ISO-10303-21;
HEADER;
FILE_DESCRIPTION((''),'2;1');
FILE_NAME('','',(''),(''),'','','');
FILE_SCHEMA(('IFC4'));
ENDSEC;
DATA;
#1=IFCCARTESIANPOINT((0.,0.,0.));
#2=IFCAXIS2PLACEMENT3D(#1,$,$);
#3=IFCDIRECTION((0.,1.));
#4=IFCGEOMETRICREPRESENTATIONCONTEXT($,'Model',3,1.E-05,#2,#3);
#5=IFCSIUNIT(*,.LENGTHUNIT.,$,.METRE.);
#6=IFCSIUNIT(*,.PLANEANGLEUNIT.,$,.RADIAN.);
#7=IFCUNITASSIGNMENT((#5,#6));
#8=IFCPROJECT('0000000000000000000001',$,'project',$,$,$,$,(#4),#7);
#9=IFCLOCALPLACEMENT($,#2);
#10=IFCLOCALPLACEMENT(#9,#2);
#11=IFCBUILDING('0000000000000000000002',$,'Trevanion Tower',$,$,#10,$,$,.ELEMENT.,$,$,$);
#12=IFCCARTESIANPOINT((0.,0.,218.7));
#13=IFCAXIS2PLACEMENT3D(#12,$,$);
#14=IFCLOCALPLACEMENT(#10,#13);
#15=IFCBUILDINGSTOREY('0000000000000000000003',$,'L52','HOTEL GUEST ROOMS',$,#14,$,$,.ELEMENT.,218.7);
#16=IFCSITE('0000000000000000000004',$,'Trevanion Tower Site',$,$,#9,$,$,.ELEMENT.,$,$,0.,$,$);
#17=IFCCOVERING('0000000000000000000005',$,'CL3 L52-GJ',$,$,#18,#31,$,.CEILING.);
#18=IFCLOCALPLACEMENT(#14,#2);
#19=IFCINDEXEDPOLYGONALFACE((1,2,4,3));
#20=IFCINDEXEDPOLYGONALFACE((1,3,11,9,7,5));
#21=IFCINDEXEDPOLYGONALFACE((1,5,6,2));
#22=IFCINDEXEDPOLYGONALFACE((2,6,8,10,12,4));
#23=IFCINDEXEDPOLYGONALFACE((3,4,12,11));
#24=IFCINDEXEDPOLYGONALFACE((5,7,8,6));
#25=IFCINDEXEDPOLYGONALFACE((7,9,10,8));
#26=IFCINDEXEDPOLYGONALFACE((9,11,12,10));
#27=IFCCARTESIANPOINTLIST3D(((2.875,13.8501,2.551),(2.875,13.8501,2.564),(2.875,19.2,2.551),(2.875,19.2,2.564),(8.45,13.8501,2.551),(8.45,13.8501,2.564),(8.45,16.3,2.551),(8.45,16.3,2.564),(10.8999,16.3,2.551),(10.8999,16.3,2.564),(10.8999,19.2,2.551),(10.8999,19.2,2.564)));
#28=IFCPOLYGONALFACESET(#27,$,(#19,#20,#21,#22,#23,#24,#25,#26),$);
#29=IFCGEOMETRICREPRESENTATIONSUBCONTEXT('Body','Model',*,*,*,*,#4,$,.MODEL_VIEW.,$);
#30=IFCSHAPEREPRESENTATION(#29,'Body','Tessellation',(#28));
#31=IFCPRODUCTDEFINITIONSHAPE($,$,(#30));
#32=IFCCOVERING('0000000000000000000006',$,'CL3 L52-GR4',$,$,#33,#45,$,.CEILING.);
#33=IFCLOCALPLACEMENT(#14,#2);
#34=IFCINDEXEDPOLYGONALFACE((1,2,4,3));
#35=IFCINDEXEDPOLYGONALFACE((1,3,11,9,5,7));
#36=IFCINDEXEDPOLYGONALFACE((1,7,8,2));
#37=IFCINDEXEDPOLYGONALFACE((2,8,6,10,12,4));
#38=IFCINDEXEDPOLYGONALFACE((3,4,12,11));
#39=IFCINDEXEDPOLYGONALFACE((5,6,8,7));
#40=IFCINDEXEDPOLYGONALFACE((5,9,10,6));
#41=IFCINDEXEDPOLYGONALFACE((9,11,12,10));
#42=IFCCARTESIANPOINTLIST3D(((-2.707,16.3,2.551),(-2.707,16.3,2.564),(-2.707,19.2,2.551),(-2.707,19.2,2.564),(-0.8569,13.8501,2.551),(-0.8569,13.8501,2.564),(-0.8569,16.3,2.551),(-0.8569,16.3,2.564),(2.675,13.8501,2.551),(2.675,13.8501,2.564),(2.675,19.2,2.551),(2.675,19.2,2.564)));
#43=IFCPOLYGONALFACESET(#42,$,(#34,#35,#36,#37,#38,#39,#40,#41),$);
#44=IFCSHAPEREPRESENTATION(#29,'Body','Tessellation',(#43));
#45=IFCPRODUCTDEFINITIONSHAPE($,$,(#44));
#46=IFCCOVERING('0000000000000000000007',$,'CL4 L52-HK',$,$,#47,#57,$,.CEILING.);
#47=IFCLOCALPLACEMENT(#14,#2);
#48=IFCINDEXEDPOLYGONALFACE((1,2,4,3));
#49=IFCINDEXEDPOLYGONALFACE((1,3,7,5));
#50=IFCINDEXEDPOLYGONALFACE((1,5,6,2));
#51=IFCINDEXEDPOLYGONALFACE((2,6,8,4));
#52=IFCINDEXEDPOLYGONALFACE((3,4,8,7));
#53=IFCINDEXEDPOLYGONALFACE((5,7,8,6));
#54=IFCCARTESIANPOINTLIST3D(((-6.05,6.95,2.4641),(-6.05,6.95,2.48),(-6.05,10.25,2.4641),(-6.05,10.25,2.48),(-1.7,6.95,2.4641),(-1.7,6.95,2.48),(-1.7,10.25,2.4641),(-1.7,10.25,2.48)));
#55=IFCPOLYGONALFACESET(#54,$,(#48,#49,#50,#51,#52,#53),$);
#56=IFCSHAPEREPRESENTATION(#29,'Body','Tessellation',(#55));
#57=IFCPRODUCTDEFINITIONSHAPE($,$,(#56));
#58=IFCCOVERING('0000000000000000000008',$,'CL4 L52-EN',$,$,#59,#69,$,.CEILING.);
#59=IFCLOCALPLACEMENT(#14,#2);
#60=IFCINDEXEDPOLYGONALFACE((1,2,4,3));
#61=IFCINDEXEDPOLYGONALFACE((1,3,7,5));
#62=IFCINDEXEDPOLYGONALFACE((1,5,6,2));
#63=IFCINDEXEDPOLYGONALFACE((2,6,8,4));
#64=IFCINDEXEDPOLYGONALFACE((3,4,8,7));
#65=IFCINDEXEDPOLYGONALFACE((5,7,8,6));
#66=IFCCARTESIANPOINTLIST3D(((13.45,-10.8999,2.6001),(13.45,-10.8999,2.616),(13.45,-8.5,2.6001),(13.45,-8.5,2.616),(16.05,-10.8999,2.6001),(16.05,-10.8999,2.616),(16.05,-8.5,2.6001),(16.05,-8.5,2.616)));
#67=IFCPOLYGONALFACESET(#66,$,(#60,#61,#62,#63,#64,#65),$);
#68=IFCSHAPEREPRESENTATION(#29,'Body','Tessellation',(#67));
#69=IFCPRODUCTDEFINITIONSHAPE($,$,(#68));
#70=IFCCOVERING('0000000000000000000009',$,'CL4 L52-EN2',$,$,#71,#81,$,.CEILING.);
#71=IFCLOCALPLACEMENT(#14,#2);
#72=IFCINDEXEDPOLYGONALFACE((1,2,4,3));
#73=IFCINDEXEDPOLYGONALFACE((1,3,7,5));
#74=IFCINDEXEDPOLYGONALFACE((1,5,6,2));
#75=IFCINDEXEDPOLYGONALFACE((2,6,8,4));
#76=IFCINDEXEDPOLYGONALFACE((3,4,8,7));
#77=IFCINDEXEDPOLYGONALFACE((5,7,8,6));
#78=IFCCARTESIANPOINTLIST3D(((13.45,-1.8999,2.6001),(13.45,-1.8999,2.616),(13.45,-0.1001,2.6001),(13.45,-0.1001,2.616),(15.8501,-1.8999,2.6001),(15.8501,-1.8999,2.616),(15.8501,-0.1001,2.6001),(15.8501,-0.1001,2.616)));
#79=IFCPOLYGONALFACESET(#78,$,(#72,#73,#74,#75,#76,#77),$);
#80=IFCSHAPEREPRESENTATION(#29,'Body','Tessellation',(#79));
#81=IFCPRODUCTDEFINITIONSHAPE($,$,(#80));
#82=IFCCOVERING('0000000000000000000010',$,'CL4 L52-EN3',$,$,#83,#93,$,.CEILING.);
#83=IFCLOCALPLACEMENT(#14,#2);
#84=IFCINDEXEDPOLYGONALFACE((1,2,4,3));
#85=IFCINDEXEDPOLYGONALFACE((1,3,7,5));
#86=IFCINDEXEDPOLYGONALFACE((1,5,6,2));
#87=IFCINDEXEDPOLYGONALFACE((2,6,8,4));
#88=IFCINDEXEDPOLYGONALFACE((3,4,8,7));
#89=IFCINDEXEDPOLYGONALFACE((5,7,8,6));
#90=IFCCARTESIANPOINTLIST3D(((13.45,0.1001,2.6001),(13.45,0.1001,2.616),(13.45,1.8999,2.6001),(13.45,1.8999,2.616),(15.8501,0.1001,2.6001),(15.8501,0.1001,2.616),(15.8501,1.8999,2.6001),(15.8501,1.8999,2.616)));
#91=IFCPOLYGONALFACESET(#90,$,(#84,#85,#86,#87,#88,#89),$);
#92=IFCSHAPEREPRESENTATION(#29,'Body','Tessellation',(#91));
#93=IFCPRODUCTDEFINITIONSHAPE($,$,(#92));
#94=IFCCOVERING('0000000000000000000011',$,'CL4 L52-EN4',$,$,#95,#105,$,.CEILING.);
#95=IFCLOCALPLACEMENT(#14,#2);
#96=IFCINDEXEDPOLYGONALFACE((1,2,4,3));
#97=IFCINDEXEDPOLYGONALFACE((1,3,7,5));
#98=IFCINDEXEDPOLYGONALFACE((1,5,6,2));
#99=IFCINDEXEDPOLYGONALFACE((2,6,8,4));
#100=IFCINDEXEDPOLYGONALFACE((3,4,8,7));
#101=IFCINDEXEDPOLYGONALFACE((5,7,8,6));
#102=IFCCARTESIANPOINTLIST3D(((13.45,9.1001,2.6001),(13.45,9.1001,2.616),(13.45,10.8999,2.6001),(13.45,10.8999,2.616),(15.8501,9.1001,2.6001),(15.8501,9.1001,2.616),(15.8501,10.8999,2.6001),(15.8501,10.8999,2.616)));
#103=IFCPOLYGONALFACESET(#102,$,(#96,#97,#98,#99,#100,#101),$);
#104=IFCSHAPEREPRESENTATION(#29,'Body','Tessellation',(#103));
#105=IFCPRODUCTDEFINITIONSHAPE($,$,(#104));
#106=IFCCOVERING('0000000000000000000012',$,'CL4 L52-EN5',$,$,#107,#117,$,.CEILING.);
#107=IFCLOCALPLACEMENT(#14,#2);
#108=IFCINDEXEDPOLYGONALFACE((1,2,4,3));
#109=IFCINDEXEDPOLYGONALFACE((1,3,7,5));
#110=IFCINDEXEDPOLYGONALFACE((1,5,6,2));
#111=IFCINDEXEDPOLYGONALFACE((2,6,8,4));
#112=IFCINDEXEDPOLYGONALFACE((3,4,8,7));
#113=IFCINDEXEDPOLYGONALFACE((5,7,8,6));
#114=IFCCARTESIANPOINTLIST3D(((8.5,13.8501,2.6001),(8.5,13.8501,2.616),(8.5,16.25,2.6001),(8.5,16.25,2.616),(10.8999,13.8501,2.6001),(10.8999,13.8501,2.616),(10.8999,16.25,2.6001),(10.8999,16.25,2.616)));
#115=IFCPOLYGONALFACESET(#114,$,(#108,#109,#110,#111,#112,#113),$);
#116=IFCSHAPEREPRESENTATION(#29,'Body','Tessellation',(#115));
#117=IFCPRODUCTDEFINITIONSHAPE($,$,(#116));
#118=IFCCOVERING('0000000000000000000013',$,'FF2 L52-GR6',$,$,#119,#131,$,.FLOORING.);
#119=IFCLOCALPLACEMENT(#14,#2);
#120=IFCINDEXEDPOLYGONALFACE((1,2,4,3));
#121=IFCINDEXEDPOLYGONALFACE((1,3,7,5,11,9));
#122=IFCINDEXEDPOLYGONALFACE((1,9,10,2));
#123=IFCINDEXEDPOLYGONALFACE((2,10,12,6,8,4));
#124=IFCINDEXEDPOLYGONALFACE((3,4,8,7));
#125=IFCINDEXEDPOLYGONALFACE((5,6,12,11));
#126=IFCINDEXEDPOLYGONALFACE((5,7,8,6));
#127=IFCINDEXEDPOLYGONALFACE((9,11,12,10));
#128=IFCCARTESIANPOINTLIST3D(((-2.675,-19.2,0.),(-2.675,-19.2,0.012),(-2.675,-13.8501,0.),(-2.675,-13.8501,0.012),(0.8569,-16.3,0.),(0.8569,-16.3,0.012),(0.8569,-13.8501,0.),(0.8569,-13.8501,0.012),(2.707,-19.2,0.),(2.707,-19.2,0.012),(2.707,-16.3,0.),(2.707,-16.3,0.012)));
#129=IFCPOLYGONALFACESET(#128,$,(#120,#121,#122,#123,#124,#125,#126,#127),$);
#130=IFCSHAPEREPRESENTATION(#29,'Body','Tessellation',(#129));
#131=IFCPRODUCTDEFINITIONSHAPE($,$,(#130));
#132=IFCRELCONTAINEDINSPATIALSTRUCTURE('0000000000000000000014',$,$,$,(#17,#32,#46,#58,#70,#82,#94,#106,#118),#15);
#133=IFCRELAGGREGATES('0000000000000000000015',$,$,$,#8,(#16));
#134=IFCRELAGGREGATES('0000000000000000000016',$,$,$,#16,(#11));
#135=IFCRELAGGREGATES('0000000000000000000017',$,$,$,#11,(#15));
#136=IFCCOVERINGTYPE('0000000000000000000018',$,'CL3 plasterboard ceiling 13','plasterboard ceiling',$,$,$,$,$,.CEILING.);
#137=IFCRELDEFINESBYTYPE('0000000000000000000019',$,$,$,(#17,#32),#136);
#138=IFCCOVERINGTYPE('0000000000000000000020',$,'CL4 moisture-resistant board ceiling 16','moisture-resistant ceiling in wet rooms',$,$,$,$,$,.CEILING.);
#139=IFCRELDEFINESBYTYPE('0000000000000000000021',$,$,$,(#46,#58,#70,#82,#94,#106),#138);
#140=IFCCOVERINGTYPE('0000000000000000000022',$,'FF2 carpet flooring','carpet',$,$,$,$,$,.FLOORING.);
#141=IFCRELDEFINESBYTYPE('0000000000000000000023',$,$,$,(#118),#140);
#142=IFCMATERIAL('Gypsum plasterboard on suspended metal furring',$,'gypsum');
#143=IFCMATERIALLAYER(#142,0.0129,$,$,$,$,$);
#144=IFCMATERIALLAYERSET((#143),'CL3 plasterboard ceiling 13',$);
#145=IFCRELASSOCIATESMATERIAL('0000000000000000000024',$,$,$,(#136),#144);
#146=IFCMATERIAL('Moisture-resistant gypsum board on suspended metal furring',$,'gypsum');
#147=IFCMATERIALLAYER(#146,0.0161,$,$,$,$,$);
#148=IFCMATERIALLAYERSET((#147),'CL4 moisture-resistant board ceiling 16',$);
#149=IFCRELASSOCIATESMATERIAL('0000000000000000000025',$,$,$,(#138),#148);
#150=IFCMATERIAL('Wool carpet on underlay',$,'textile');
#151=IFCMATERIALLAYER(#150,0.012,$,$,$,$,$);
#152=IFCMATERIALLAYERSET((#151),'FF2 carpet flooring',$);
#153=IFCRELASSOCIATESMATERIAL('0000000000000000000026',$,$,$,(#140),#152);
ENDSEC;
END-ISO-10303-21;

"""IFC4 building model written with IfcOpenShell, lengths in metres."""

from ifc_helpers import new_model, si_unit, direction, frame, origin, place, context, subcontext, project, spatial, polyline, outline, extrude, material, layer, layer_set, type_object, element, save


model = new_model("IFC4")

# Units and contexts
model_context = context("Model", 3, precision=1e-05, world=origin(), true_north=direction((0.0, 1.0)))
body_context = subcontext(model_context, "Body", "Model", "MODEL_VIEW")
ifc_project = project(units=[si_unit("LENGTHUNIT", "METRE"), si_unit("PLANEANGLEUNIT", "RADIAN")], contexts=[model_context])

# Site, building, storey
site_placement = place(None, origin())
site = spatial("IfcSite", under=ifc_project, at=site_placement, Name="Trevanion Tower Site", CompositionType="ELEMENT", RefElevation=0.0)
building_placement = place(site_placement, origin())
building = spatial("IfcBuilding", under=site, at=building_placement, Name="Trevanion Tower", CompositionType="ELEMENT")
storey_placement = place(building_placement, frame((0.0, 0.0, 218.7)))
storey = spatial("IfcBuildingStorey", under=building, at=storey_placement, Name="L52", Description="HOTEL GUEST ROOMS", CompositionType="ELEMENT", Elevation=218.7)

# Coverings
ifc_material_1 = material(Name="Gypsum plasterboard on suspended metal furring", Category="gypsum")
ifc_layer_1 = layer(ifc_material_1, 0.0129)
ifc_layer_set_1 = layer_set([ifc_layer_1], Name="CL3 plasterboard ceiling 13")
covering_type_1 = type_object("IfcCoveringType", Name="CL3 plasterboard ceiling 13", Description="plasterboard ceiling", PredefinedType="CEILING", material=ifc_layer_set_1)
covering_1_placement = place(storey_placement, frame((0.0, 0.0, 2.551)))
element("IfcCovering", 1, at=covering_1_placement, inside=storey, type_object=covering_type_1, Name="CL3 L52-GJ", PredefinedType="CEILING", context=body_context, shape_type="SweptSolid", body=[
    extrude(outline(polyline([(2.875, 13.8501), (2.875, 19.2), (10.8999, 19.2), (10.8999, 16.3), (8.45, 16.3), (8.45, 13.8501), (2.875, 13.8501)])), origin(), (0.0, 0.0, 1.0), 0.0129),
])
covering_2_placement = place(storey_placement, frame((0.0, 0.0, 2.551)))
element("IfcCovering", 2, at=covering_2_placement, inside=storey, type_object=covering_type_1, Name="CL3 L52-GR4", PredefinedType="CEILING", context=body_context, shape_type="SweptSolid", body=[
    extrude(outline(polyline([(-0.8569, 13.8501), (-0.8569, 16.3), (-2.707, 16.3), (-2.707, 19.2), (2.675, 19.2), (2.675, 13.8501), (-0.8569, 13.8501)])), origin(), (0.0, 0.0, 1.0), 0.0129),
])
ifc_material_2 = material(Name="Moisture-resistant gypsum board on suspended metal furring", Category="gypsum")
ifc_layer_2 = layer(ifc_material_2, 0.0161)
ifc_layer_set_2 = layer_set([ifc_layer_2], Name="CL4 moisture-resistant board ceiling 16")
covering_type_2 = type_object("IfcCoveringType", Name="CL4 moisture-resistant board ceiling 16", Description="moisture-resistant ceiling in wet rooms", PredefinedType="CEILING", material=ifc_layer_set_2)
covering_3_placement = place(storey_placement, frame((0.0, 0.0, 2.4641)))
element("IfcCovering", 3, at=covering_3_placement, inside=storey, type_object=covering_type_2, Name="CL4 L52-HK", PredefinedType="CEILING", context=body_context, shape_type="SweptSolid", body=[
    extrude(outline(polyline([(-1.7, 6.95), (-1.7, 10.25), (-6.05, 10.25), (-6.05, 6.95), (-1.7, 6.95)])), origin(), (0.0, 0.0, 1.0), 0.0159),
])
covering_4_placement = place(storey_placement, frame((0.0, 0.0, 2.6001)))
element("IfcCovering", 4, at=covering_4_placement, inside=storey, type_object=covering_type_2, Name="CL4 L52-EN", PredefinedType="CEILING", context=body_context, shape_type="SweptSolid", body=[
    extrude(outline(polyline([(16.05, -10.8999), (16.05, -8.5), (13.45, -8.5), (13.45, -10.8999), (16.05, -10.8999)])), origin(), (0.0, 0.0, 1.0), 0.0159),
])
covering_5_placement = place(storey_placement, frame((0.0, 0.0, 2.6001)))
element("IfcCovering", 5, at=covering_5_placement, inside=storey, type_object=covering_type_2, Name="CL4 L52-EN2", PredefinedType="CEILING", context=body_context, shape_type="SweptSolid", body=[
    extrude(outline(polyline([(15.8501, -1.8999), (15.8501, -0.1001), (13.45, -0.1001), (13.45, -1.8999), (15.8501, -1.8999)])), origin(), (0.0, 0.0, 1.0), 0.0159),
])
covering_6_placement = place(storey_placement, frame((0.0, 0.0, 2.6001)))
element("IfcCovering", 6, at=covering_6_placement, inside=storey, type_object=covering_type_2, Name="CL4 L52-EN3", PredefinedType="CEILING", context=body_context, shape_type="SweptSolid", body=[
    extrude(outline(polyline([(15.8501, 0.1001), (15.8501, 1.8999), (13.45, 1.8999), (13.45, 0.1001), (15.8501, 0.1001)])), origin(), (0.0, 0.0, 1.0), 0.0159),
])
covering_7_placement = place(storey_placement, frame((0.0, 0.0, 2.6001)))
element("IfcCovering", 7, at=covering_7_placement, inside=storey, type_object=covering_type_2, Name="CL4 L52-EN4", PredefinedType="CEILING", context=body_context, shape_type="SweptSolid", body=[
    extrude(outline(polyline([(15.8501, 9.1001), (15.8501, 10.8999), (13.45, 10.8999), (13.45, 9.1001), (15.8501, 9.1001)])), origin(), (0.0, 0.0, 1.0), 0.0159),
])
covering_8_placement = place(storey_placement, frame((0.0, 0.0, 2.6001)))
element("IfcCovering", 8, at=covering_8_placement, inside=storey, type_object=covering_type_2, Name="CL4 L52-EN5", PredefinedType="CEILING", context=body_context, shape_type="SweptSolid", body=[
    extrude(outline(polyline([(10.8999, 16.25), (8.5, 16.25), (8.5, 13.8501), (10.8999, 13.8501), (10.8999, 16.25)])), origin(), (0.0, 0.0, 1.0), 0.0159),
])
ifc_material_3 = material(Name="Wool carpet on underlay", Category="textile")
ifc_layer_3 = layer(ifc_material_3, 0.012)
ifc_layer_set_3 = layer_set([ifc_layer_3], Name="FF2 carpet flooring")
covering_type_3 = type_object("IfcCoveringType", Name="FF2 carpet flooring", Description="carpet", PredefinedType="FLOORING", material=ifc_layer_set_3)
covering_9_placement = place(storey_placement, origin())
element("IfcCovering", 9, at=covering_9_placement, inside=storey, type_object=covering_type_3, Name="FF2 L52-GR6", PredefinedType="FLOORING", context=body_context, shape_type="SweptSolid", body=[
    extrude(outline(polyline([(0.8569, -13.8501), (0.8569, -16.3), (2.707, -16.3), (2.707, -19.2), (-2.675, -19.2), (-2.675, -13.8501), (0.8569, -13.8501)])), origin(), (0.0, 0.0, 1.0), 0.012),
])

save(model, "model.ifc")
